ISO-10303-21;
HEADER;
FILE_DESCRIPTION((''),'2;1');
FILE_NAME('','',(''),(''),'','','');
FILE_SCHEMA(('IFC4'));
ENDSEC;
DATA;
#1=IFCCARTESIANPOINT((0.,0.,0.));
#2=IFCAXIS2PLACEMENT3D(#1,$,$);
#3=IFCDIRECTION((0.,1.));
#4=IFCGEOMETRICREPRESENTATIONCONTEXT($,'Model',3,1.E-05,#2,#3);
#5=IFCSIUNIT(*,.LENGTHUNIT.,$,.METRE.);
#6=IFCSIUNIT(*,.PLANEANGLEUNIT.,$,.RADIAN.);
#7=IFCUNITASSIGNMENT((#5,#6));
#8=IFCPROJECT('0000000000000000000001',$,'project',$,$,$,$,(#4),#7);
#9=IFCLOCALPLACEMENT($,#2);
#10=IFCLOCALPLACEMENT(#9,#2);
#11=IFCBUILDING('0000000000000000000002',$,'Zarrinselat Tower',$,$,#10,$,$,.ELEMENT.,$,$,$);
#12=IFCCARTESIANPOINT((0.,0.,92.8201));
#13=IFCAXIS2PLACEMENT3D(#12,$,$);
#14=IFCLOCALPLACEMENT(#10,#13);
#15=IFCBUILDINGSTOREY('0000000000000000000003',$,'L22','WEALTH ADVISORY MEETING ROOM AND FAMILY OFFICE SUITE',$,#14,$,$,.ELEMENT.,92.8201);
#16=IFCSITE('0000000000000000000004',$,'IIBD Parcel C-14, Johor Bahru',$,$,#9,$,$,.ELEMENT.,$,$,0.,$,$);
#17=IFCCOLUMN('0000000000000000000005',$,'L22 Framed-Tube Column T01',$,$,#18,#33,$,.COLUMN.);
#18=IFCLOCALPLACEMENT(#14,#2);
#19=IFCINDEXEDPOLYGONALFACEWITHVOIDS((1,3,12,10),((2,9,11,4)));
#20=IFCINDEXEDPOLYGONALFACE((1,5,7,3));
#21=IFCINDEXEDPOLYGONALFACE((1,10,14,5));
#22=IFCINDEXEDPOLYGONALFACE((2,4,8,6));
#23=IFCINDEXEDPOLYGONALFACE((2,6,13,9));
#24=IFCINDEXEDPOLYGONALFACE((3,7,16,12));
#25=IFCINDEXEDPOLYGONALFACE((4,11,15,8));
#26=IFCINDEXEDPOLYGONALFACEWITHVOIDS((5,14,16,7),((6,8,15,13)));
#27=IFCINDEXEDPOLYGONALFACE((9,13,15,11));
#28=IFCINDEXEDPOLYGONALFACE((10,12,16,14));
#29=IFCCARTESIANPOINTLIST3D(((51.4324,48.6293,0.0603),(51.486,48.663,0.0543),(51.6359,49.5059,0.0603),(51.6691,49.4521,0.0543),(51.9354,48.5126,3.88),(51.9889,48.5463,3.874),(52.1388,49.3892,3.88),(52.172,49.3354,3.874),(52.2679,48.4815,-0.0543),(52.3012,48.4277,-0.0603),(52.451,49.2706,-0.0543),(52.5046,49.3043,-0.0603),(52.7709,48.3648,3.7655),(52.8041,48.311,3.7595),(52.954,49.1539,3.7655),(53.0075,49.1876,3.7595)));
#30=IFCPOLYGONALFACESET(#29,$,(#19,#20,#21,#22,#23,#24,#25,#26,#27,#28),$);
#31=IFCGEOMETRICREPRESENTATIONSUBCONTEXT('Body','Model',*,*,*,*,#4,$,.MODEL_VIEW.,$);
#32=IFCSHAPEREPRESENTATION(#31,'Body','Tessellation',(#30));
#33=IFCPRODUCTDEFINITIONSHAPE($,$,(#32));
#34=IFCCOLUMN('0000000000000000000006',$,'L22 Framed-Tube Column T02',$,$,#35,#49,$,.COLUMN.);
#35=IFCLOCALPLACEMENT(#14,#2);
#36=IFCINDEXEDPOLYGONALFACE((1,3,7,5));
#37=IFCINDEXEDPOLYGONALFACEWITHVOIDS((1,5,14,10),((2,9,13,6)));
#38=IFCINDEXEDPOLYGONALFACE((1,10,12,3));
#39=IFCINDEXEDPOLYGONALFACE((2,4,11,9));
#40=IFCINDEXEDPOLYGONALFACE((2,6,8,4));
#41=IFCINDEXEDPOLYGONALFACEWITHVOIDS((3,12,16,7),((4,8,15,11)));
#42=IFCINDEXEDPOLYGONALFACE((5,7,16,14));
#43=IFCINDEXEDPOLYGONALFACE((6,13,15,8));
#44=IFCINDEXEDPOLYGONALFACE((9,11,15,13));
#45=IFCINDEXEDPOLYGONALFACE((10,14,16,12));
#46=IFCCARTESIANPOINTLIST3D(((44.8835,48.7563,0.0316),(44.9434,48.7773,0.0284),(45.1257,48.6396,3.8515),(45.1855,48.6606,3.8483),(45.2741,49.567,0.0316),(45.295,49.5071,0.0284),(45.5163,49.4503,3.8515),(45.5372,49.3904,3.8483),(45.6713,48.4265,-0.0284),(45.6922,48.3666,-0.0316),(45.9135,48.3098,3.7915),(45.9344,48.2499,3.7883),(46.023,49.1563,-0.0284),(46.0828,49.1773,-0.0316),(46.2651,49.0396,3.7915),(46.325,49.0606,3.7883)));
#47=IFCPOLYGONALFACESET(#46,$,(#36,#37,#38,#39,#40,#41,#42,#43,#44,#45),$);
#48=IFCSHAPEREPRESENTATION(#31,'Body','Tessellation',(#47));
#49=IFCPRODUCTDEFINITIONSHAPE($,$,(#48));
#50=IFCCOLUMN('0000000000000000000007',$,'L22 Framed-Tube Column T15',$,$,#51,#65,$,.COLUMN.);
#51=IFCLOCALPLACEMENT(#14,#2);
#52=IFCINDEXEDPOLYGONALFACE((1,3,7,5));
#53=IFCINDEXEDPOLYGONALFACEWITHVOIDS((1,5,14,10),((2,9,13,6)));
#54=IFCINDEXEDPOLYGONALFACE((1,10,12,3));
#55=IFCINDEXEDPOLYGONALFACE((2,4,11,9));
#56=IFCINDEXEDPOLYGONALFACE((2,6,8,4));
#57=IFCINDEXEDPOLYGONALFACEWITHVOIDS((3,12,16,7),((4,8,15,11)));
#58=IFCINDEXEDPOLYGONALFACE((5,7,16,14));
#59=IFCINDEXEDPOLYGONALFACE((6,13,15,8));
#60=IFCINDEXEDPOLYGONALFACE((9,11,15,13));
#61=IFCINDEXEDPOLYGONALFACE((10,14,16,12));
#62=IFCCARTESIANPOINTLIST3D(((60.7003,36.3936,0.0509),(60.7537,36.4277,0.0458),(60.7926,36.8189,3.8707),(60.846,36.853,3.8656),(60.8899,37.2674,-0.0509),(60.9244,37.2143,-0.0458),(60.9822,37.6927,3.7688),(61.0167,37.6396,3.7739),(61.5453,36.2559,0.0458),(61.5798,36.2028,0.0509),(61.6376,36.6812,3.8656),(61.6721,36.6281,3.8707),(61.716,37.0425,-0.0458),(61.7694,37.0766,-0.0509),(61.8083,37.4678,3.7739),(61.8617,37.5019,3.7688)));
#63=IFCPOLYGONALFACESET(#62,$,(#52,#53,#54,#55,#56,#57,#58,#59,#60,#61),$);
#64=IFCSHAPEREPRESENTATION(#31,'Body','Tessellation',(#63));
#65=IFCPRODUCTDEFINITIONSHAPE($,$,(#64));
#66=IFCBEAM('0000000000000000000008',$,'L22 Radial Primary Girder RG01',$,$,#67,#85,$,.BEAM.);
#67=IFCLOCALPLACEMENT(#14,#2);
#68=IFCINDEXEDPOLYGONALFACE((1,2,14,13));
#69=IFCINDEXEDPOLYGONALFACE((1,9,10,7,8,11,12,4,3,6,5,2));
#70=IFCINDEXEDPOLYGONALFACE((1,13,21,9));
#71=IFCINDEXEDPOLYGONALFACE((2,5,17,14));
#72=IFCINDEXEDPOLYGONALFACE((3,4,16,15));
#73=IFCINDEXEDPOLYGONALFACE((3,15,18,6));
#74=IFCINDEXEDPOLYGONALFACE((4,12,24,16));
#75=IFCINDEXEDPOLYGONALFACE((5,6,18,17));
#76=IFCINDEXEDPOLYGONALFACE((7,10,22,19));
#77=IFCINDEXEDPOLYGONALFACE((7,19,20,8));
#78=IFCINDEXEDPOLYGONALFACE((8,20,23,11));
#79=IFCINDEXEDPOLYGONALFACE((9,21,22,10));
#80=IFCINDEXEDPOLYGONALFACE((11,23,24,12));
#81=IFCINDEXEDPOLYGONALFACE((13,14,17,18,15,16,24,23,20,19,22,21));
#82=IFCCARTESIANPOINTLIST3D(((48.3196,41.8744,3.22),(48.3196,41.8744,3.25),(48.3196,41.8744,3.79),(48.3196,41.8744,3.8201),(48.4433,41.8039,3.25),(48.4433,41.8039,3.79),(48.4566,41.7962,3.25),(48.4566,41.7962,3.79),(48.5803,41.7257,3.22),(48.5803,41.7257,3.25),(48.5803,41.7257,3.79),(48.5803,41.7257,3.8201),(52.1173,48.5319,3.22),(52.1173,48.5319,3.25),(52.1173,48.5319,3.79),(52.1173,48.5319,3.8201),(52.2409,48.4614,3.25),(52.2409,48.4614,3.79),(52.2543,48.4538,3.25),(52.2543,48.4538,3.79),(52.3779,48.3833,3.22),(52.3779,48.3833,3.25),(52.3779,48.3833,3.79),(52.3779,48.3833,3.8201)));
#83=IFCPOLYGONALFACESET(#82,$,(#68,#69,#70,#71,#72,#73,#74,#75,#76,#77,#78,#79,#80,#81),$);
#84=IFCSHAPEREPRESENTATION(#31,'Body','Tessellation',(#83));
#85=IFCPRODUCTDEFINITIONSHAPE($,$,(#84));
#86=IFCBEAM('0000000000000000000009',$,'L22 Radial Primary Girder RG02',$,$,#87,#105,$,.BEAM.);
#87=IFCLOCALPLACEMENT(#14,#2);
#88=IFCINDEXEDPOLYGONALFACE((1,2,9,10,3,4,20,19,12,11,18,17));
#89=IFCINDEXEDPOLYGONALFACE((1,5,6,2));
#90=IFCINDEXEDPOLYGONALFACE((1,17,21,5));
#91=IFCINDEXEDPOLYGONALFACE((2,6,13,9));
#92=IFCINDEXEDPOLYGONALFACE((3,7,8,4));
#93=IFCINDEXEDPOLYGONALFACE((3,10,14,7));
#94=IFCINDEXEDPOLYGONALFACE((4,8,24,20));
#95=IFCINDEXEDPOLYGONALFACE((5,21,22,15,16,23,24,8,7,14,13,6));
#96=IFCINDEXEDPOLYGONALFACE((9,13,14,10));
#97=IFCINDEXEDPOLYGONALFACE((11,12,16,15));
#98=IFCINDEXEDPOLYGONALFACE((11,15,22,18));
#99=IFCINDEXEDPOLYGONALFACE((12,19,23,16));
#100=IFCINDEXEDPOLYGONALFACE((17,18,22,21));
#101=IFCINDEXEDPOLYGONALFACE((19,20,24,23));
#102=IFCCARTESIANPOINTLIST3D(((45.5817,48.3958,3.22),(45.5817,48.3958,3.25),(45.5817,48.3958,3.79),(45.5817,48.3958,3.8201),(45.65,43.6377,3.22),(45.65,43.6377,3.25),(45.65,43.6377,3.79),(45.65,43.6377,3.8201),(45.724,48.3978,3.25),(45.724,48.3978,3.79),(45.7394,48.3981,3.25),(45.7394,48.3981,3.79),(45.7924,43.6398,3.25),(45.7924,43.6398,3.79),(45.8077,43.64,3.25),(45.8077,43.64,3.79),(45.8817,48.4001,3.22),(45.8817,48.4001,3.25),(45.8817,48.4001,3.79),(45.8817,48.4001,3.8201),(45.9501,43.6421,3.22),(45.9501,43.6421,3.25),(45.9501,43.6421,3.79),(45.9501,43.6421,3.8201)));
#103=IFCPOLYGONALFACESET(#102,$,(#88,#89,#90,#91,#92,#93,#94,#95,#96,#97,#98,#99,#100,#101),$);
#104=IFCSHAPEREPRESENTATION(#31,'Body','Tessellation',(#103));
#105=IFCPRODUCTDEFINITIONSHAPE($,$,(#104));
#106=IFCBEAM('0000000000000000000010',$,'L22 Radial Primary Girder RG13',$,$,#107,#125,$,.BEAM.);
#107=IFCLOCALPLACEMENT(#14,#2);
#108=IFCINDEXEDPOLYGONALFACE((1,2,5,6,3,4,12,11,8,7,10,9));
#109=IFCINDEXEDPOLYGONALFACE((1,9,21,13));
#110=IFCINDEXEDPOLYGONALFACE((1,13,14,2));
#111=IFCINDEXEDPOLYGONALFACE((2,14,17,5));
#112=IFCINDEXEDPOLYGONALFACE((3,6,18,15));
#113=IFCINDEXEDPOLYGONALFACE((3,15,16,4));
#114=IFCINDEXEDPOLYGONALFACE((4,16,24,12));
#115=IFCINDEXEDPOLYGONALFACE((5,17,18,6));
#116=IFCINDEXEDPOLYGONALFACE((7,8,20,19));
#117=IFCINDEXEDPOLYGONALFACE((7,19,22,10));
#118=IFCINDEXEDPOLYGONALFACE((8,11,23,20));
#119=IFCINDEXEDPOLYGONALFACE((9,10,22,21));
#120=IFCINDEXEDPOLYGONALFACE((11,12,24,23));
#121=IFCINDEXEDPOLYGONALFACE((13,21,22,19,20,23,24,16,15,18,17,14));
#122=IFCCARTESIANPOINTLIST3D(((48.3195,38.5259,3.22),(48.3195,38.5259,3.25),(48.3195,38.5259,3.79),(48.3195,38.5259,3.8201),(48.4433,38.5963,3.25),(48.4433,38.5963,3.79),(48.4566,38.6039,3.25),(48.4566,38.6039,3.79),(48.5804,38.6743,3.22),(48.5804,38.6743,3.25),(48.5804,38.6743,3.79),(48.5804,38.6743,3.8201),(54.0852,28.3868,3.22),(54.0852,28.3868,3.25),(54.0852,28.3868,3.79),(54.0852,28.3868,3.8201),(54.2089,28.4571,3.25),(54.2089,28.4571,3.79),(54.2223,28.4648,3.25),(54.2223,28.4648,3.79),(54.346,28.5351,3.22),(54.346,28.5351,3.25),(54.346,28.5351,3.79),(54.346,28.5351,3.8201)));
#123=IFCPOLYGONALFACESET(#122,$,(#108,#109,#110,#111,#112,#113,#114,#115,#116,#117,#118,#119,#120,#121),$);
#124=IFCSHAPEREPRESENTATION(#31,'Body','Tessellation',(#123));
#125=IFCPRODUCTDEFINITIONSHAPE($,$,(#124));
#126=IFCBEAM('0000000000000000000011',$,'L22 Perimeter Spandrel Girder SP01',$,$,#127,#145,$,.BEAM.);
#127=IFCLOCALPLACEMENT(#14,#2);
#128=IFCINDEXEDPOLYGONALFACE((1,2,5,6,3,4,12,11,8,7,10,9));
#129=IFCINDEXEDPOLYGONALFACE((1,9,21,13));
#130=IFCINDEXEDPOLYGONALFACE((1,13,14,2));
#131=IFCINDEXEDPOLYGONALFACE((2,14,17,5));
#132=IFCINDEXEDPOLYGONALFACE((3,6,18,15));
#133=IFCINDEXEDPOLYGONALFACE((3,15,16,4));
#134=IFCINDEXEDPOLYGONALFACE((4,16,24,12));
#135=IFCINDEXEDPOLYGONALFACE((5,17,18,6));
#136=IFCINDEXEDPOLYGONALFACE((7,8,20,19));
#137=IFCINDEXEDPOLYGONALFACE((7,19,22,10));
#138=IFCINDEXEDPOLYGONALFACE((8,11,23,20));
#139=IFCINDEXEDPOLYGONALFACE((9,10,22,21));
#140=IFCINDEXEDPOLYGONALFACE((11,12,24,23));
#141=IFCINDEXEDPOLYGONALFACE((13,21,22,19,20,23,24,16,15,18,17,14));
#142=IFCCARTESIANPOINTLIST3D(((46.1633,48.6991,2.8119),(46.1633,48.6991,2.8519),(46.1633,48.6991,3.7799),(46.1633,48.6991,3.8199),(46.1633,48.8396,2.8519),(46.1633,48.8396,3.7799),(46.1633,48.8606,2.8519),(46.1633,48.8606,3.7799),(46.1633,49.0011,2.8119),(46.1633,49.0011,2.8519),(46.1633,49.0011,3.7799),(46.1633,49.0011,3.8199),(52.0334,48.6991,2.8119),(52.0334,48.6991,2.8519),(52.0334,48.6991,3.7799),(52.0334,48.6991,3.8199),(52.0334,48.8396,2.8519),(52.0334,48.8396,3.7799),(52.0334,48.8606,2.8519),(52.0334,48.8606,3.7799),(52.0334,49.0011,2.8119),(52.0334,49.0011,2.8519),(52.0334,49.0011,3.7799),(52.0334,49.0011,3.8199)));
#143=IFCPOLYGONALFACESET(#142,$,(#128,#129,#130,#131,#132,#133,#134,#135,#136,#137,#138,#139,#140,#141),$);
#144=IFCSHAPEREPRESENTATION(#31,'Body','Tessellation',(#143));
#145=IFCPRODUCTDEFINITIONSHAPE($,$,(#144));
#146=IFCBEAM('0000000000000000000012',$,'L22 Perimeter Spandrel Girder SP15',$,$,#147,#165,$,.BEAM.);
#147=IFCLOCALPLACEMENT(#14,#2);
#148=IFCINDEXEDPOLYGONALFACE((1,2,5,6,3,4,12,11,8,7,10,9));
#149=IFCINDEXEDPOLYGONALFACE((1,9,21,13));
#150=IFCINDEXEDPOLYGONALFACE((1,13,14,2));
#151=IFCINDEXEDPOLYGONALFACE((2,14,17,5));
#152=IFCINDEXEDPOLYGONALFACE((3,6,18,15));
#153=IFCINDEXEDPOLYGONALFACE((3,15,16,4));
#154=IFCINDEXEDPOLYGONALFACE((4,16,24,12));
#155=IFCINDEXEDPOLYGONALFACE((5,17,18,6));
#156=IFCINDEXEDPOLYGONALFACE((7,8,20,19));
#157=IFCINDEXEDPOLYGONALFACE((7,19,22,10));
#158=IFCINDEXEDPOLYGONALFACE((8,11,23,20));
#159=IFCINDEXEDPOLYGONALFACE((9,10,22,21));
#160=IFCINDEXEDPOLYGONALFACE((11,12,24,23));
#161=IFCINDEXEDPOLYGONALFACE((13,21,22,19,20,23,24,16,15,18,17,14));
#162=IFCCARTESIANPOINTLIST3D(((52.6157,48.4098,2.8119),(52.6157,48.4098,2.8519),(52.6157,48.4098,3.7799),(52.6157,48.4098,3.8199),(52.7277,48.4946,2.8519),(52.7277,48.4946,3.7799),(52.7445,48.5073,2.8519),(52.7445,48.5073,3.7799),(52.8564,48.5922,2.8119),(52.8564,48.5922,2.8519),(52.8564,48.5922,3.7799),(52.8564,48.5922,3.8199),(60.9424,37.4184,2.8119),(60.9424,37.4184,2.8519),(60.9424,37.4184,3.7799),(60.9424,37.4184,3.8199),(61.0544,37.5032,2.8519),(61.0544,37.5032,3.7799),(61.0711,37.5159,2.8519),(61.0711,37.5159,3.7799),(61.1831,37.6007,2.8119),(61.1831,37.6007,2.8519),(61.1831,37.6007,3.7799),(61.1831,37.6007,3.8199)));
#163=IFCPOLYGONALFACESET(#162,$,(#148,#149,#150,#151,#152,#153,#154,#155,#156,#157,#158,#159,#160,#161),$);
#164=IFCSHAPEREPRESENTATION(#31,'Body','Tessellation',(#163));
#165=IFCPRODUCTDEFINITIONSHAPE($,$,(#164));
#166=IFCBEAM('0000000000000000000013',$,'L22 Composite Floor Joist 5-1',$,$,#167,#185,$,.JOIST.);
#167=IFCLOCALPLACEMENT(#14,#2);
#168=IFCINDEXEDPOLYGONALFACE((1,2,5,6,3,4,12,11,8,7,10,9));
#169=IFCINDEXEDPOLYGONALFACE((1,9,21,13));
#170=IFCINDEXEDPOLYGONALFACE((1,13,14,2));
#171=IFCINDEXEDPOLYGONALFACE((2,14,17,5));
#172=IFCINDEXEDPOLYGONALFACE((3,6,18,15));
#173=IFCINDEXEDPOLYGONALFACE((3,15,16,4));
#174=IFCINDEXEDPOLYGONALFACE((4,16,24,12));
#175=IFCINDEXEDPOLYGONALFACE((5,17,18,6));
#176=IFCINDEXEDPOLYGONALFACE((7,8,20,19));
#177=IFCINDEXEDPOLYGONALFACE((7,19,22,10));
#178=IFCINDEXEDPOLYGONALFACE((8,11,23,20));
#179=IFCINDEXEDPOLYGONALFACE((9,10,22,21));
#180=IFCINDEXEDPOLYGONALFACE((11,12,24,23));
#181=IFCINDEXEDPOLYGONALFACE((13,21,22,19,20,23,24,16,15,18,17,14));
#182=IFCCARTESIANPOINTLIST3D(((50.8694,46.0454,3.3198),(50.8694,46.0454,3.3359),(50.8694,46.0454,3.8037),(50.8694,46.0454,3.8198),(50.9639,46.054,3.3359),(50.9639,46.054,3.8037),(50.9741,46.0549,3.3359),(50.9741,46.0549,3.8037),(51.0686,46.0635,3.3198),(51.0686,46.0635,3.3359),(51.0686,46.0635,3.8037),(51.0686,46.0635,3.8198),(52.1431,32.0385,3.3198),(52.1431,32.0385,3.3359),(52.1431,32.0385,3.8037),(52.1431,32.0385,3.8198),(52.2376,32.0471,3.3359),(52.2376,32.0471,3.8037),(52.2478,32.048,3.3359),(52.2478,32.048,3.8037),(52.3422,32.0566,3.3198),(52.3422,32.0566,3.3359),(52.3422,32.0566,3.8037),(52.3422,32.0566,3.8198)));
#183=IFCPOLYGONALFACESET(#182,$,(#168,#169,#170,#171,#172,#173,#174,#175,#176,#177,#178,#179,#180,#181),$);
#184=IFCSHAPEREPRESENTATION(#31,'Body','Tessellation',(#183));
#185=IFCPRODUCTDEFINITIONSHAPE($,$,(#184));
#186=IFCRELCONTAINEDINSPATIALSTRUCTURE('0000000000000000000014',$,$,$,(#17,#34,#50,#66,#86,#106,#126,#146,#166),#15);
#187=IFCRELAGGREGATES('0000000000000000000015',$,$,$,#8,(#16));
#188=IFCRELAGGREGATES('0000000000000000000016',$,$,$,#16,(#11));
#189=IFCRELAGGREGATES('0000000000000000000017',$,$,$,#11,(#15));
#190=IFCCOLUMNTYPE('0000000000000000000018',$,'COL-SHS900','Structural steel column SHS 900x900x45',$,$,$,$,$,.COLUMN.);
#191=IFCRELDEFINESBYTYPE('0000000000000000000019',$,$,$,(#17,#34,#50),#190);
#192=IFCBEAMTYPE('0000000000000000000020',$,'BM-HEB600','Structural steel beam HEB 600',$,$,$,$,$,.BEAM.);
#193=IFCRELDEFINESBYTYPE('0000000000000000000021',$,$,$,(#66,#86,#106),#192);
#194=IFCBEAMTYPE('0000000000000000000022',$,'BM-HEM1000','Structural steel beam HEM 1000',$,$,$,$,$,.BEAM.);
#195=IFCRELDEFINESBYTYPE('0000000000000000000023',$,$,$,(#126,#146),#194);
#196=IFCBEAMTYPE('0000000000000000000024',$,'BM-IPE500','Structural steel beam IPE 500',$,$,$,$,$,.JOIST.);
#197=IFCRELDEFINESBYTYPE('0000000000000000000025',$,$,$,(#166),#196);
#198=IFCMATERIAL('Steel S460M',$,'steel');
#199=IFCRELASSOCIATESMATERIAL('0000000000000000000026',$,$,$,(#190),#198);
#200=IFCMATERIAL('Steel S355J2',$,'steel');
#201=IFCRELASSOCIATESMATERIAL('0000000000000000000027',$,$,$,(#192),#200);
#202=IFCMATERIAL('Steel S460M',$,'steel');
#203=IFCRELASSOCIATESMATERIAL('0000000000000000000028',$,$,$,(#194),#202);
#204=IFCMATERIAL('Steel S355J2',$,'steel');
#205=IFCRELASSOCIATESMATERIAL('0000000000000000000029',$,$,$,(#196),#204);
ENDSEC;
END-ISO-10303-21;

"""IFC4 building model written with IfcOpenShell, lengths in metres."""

from ifc_helpers import new_model, si_unit, direction, frame, origin, origin_2d, place, context, subcontext, project, spatial, hollow_rectangle, i_section, extrude, material, material_profile, profile_set, type_object, element, save


model = new_model("IFC4")

# Units and contexts
model_context = context("Model", 3, precision=1e-05, world=origin(), true_north=direction((0.0, 1.0)))
body_context = subcontext(model_context, "Body", "Model", "MODEL_VIEW")
ifc_project = project(units=[si_unit("LENGTHUNIT", "METRE"), si_unit("PLANEANGLEUNIT", "RADIAN")], contexts=[model_context])

# Site, building, storey
site_placement = place(None, origin())
site = spatial("IfcSite", under=ifc_project, at=site_placement, Name="IIBD Parcel C-14, Johor Bahru", CompositionType="ELEMENT", RefElevation=0.0)
building_placement = place(site_placement, origin())
building = spatial("IfcBuilding", under=site, at=building_placement, Name="Zarrinselat Tower", CompositionType="ELEMENT")
storey_placement = place(building_placement, frame((0.0, 0.0, 92.8201)))
storey = spatial("IfcBuildingStorey", under=building, at=storey_placement, Name="L22", Description="WEALTH ADVISORY MEETING ROOM AND FAMILY OFFICE SUITE", CompositionType="ELEMENT", Elevation=92.8201)

# Columns
ifc_material_1 = material(Name="Steel S460M", Category="steel")
ifc_material_profile_1 = material_profile(ifc_material_1, hollow_rectangle(XDim=0.8999, YDim=0.8999, WallThickness=0.0449, at=origin_2d()), Name="SHS 900x900x45")
ifc_profile_set_1 = profile_set([ifc_material_profile_1], Name="Steel S460M")
column_type = type_object("IfcColumnType", Name="COL-SHS900", Description="Structural steel column SHS 900x900x45", PredefinedType="COLUMN", material=ifc_profile_set_1)
column_1_placement = place(storey_placement, frame((51.9685, 48.9668, 0.0), z_axis=(0.130477, -0.030276, 0.990989), x_axis=(0.226034, 0.97412, 0.0)))
element("IfcColumn", 1, at=column_1_placement, inside=storey, type_object=column_type, Name="L22 Framed-Tube Column T01", PredefinedType="COLUMN", context=body_context, shape_type="SweptSolid", body=[
    extrude(hollow_rectangle(XDim=0.8999, YDim=0.8999, WallThickness=0.0449, at=origin_2d()), origin(), (0.0, 0.0, 1.0), 3.8545),
])
column_2_placement = place(storey_placement, frame((45.4832, 48.9668, 0.0), z_axis=(0.063246, -0.030476, 0.997533), x_axis=(0.434089, 0.90087, 0.0)))
element("IfcColumn", 2, at=column_2_placement, inside=storey, type_object=column_type, Name="L22 Framed-Tube Column T02", PredefinedType="COLUMN", context=body_context, shape_type="SweptSolid", body=[
    extrude(hollow_rectangle(XDim=0.8999, YDim=0.8999, WallThickness=0.0449, at=origin_2d()), origin(), (0.0, 0.0, 1.0), 3.8293),
])
column_3_placement = place(storey_placement, frame((61.2349, 36.7351, 0.0), z_axis=(0.024004, 0.110623, 0.993573), x_axis=(-0.977257, 0.212057, 0.0)))
element("IfcColumn", 3, at=column_3_placement, inside=storey, type_object=column_type, Name="L22 Framed-Tube Column T15", PredefinedType="COLUMN", context=body_context, shape_type="SweptSolid", body=[
    extrude(hollow_rectangle(XDim=0.8999, YDim=0.8999, WallThickness=0.0449, at=origin_2d()), origin(), (0.0, 0.0, 1.0), 3.8445),
])

# Beams
ifc_material_2 = material(Name="Steel S355J2", Category="steel")
ifc_material_profile_2 = material_profile(ifc_material_2, i_section(OverallWidth=0.3, OverallDepth=0.6001, WebThickness=0.0154, FlangeThickness=0.03, at=origin_2d()), Name="HEB 600")
ifc_profile_set_2 = profile_set([ifc_material_profile_2], Name="Steel S355J2")
beam_type_1 = type_object("IfcBeamType", Name="BM-HEB600", Description="Structural steel beam HEB 600", PredefinedType="BEAM", material=ifc_profile_set_2)
beam_1_placement = place(storey_placement, frame((48.45, 41.8, 3.52), z_axis=(0.495484, 0.868617, 0.0), x_axis=(-0.868617, 0.495484, 0.0)))
element("IfcBeam", 4, at=beam_1_placement, inside=storey, type_object=beam_type_1, Name="L22 Radial Primary Girder RG01", PredefinedType="BEAM", context=body_context, shape_type="SweptSolid", body=[
    extrude(i_section(OverallWidth=0.3, OverallDepth=0.6001, WebThickness=0.0154, FlangeThickness=0.03, at=origin_2d()), origin(), (0.0, 0.0, 1.0), 7.6646),
])
beam_2_placement = place(storey_placement, frame((45.7317, 48.3979, 3.52), z_axis=(0.014366, -0.999897, 0.0), x_axis=(0.999897, 0.014366, 0.0)))
element("IfcBeam", 5, at=beam_2_placement, inside=storey, type_object=beam_type_1, Name="L22 Radial Primary Girder RG02", PredefinedType="BEAM", context=body_context, shape_type="SweptSolid", body=[
    extrude(i_section(OverallWidth=0.3, OverallDepth=0.6001, WebThickness=0.0154, FlangeThickness=0.03, at=origin_2d()), origin(), (0.0, 0.0, 1.0), 4.7585),
])
beam_3_placement = place(storey_placement, frame((48.45, 38.6001, 3.52), z_axis=(0.494316, -0.869282, 0.0), x_axis=(0.869282, 0.494316, 0.0)))
element("IfcBeam", 6, at=beam_3_placement, inside=storey, type_object=beam_type_1, Name="L22 Radial Primary Girder RG13", PredefinedType="BEAM", context=body_context, shape_type="SweptSolid", body=[
    extrude(i_section(OverallWidth=0.3, OverallDepth=0.6001, WebThickness=0.0154, FlangeThickness=0.03, at=origin_2d()), origin(), (0.0, 0.0, 1.0), 11.6638),
])
ifc_material_3 = material(Name="Steel S460M", Category="steel")
ifc_material_profile_3 = material_profile(ifc_material_3, i_section(OverallWidth=0.302, OverallDepth=1.0081, WebThickness=0.021, FlangeThickness=0.04, at=origin_2d()), Name="HEM 1000")
ifc_profile_set_3 = profile_set([ifc_material_profile_3], Name="Steel S460M")
beam_type_2 = type_object("IfcBeamType", Name="BM-HEM1000", Description="Structural steel beam HEM 1000", PredefinedType="BEAM", material=ifc_profile_set_3)
beam_4_placement = place(storey_placement, frame((46.1633, 48.8501, 3.3159), z_axis=(1.0, 0.0, 0.0), x_axis=(0.0, 1.0, 0.0)))
element("IfcBeam", 7, at=beam_4_placement, inside=storey, type_object=beam_type_2, Name="L22 Perimeter Spandrel Girder SP01", PredefinedType="BEAM", context=body_context, shape_type="SweptSolid", body=[
    extrude(i_section(OverallWidth=0.302, OverallDepth=1.0081, WebThickness=0.021, FlangeThickness=0.04, at=origin_2d()), origin(), (0.0, 0.0, 1.0), 5.8701),
])
beam_5_placement = place(storey_placement, frame((52.7361, 48.501, 3.3159), z_axis=(0.603848, -0.797099, 0.0), x_axis=(0.797099, 0.603848, 0.0)))
element("IfcBeam", 8, at=beam_5_placement, inside=storey, type_object=beam_type_2, Name="L22 Perimeter Spandrel Girder SP15", PredefinedType="BEAM", context=body_context, shape_type="SweptSolid", body=[
    extrude(i_section(OverallWidth=0.302, OverallDepth=1.0081, WebThickness=0.021, FlangeThickness=0.04, at=origin_2d()), origin(), (0.0, 0.0, 1.0), 13.7893),
])
ifc_material_4 = material(Name="Steel S355J2", Category="steel")
ifc_material_profile_4 = material_profile(ifc_material_4, i_section(OverallWidth=0.2, OverallDepth=0.5, WebThickness=0.0103, FlangeThickness=0.0161, at=origin_2d()), Name="IPE 500")
ifc_profile_set_4 = profile_set([ifc_material_profile_4], Name="Steel S355J2")
beam_type_3 = type_object("IfcBeamType", Name="BM-IPE500", Description="Structural steel beam IPE 500", PredefinedType="JOIST", material=ifc_profile_set_4)
beam_6_placement = place(storey_placement, frame((50.969, 46.0544, 3.5698), z_axis=(0.090559, -0.995891, 0.0), x_axis=(0.995891, 0.090559, 0.0)))
element("IfcBeam", 9, at=beam_6_placement, inside=storey, type_object=beam_type_3, Name="L22 Composite Floor Joist 5-1", PredefinedType="JOIST", context=body_context, shape_type="SweptSolid", body=[
    extrude(i_section(OverallWidth=0.2, OverallDepth=0.5, WebThickness=0.0103, FlangeThickness=0.0161, at=origin_2d()), origin(), (0.0, 0.0, 1.0), 14.0647),
])

save(model, "model.ifc")
